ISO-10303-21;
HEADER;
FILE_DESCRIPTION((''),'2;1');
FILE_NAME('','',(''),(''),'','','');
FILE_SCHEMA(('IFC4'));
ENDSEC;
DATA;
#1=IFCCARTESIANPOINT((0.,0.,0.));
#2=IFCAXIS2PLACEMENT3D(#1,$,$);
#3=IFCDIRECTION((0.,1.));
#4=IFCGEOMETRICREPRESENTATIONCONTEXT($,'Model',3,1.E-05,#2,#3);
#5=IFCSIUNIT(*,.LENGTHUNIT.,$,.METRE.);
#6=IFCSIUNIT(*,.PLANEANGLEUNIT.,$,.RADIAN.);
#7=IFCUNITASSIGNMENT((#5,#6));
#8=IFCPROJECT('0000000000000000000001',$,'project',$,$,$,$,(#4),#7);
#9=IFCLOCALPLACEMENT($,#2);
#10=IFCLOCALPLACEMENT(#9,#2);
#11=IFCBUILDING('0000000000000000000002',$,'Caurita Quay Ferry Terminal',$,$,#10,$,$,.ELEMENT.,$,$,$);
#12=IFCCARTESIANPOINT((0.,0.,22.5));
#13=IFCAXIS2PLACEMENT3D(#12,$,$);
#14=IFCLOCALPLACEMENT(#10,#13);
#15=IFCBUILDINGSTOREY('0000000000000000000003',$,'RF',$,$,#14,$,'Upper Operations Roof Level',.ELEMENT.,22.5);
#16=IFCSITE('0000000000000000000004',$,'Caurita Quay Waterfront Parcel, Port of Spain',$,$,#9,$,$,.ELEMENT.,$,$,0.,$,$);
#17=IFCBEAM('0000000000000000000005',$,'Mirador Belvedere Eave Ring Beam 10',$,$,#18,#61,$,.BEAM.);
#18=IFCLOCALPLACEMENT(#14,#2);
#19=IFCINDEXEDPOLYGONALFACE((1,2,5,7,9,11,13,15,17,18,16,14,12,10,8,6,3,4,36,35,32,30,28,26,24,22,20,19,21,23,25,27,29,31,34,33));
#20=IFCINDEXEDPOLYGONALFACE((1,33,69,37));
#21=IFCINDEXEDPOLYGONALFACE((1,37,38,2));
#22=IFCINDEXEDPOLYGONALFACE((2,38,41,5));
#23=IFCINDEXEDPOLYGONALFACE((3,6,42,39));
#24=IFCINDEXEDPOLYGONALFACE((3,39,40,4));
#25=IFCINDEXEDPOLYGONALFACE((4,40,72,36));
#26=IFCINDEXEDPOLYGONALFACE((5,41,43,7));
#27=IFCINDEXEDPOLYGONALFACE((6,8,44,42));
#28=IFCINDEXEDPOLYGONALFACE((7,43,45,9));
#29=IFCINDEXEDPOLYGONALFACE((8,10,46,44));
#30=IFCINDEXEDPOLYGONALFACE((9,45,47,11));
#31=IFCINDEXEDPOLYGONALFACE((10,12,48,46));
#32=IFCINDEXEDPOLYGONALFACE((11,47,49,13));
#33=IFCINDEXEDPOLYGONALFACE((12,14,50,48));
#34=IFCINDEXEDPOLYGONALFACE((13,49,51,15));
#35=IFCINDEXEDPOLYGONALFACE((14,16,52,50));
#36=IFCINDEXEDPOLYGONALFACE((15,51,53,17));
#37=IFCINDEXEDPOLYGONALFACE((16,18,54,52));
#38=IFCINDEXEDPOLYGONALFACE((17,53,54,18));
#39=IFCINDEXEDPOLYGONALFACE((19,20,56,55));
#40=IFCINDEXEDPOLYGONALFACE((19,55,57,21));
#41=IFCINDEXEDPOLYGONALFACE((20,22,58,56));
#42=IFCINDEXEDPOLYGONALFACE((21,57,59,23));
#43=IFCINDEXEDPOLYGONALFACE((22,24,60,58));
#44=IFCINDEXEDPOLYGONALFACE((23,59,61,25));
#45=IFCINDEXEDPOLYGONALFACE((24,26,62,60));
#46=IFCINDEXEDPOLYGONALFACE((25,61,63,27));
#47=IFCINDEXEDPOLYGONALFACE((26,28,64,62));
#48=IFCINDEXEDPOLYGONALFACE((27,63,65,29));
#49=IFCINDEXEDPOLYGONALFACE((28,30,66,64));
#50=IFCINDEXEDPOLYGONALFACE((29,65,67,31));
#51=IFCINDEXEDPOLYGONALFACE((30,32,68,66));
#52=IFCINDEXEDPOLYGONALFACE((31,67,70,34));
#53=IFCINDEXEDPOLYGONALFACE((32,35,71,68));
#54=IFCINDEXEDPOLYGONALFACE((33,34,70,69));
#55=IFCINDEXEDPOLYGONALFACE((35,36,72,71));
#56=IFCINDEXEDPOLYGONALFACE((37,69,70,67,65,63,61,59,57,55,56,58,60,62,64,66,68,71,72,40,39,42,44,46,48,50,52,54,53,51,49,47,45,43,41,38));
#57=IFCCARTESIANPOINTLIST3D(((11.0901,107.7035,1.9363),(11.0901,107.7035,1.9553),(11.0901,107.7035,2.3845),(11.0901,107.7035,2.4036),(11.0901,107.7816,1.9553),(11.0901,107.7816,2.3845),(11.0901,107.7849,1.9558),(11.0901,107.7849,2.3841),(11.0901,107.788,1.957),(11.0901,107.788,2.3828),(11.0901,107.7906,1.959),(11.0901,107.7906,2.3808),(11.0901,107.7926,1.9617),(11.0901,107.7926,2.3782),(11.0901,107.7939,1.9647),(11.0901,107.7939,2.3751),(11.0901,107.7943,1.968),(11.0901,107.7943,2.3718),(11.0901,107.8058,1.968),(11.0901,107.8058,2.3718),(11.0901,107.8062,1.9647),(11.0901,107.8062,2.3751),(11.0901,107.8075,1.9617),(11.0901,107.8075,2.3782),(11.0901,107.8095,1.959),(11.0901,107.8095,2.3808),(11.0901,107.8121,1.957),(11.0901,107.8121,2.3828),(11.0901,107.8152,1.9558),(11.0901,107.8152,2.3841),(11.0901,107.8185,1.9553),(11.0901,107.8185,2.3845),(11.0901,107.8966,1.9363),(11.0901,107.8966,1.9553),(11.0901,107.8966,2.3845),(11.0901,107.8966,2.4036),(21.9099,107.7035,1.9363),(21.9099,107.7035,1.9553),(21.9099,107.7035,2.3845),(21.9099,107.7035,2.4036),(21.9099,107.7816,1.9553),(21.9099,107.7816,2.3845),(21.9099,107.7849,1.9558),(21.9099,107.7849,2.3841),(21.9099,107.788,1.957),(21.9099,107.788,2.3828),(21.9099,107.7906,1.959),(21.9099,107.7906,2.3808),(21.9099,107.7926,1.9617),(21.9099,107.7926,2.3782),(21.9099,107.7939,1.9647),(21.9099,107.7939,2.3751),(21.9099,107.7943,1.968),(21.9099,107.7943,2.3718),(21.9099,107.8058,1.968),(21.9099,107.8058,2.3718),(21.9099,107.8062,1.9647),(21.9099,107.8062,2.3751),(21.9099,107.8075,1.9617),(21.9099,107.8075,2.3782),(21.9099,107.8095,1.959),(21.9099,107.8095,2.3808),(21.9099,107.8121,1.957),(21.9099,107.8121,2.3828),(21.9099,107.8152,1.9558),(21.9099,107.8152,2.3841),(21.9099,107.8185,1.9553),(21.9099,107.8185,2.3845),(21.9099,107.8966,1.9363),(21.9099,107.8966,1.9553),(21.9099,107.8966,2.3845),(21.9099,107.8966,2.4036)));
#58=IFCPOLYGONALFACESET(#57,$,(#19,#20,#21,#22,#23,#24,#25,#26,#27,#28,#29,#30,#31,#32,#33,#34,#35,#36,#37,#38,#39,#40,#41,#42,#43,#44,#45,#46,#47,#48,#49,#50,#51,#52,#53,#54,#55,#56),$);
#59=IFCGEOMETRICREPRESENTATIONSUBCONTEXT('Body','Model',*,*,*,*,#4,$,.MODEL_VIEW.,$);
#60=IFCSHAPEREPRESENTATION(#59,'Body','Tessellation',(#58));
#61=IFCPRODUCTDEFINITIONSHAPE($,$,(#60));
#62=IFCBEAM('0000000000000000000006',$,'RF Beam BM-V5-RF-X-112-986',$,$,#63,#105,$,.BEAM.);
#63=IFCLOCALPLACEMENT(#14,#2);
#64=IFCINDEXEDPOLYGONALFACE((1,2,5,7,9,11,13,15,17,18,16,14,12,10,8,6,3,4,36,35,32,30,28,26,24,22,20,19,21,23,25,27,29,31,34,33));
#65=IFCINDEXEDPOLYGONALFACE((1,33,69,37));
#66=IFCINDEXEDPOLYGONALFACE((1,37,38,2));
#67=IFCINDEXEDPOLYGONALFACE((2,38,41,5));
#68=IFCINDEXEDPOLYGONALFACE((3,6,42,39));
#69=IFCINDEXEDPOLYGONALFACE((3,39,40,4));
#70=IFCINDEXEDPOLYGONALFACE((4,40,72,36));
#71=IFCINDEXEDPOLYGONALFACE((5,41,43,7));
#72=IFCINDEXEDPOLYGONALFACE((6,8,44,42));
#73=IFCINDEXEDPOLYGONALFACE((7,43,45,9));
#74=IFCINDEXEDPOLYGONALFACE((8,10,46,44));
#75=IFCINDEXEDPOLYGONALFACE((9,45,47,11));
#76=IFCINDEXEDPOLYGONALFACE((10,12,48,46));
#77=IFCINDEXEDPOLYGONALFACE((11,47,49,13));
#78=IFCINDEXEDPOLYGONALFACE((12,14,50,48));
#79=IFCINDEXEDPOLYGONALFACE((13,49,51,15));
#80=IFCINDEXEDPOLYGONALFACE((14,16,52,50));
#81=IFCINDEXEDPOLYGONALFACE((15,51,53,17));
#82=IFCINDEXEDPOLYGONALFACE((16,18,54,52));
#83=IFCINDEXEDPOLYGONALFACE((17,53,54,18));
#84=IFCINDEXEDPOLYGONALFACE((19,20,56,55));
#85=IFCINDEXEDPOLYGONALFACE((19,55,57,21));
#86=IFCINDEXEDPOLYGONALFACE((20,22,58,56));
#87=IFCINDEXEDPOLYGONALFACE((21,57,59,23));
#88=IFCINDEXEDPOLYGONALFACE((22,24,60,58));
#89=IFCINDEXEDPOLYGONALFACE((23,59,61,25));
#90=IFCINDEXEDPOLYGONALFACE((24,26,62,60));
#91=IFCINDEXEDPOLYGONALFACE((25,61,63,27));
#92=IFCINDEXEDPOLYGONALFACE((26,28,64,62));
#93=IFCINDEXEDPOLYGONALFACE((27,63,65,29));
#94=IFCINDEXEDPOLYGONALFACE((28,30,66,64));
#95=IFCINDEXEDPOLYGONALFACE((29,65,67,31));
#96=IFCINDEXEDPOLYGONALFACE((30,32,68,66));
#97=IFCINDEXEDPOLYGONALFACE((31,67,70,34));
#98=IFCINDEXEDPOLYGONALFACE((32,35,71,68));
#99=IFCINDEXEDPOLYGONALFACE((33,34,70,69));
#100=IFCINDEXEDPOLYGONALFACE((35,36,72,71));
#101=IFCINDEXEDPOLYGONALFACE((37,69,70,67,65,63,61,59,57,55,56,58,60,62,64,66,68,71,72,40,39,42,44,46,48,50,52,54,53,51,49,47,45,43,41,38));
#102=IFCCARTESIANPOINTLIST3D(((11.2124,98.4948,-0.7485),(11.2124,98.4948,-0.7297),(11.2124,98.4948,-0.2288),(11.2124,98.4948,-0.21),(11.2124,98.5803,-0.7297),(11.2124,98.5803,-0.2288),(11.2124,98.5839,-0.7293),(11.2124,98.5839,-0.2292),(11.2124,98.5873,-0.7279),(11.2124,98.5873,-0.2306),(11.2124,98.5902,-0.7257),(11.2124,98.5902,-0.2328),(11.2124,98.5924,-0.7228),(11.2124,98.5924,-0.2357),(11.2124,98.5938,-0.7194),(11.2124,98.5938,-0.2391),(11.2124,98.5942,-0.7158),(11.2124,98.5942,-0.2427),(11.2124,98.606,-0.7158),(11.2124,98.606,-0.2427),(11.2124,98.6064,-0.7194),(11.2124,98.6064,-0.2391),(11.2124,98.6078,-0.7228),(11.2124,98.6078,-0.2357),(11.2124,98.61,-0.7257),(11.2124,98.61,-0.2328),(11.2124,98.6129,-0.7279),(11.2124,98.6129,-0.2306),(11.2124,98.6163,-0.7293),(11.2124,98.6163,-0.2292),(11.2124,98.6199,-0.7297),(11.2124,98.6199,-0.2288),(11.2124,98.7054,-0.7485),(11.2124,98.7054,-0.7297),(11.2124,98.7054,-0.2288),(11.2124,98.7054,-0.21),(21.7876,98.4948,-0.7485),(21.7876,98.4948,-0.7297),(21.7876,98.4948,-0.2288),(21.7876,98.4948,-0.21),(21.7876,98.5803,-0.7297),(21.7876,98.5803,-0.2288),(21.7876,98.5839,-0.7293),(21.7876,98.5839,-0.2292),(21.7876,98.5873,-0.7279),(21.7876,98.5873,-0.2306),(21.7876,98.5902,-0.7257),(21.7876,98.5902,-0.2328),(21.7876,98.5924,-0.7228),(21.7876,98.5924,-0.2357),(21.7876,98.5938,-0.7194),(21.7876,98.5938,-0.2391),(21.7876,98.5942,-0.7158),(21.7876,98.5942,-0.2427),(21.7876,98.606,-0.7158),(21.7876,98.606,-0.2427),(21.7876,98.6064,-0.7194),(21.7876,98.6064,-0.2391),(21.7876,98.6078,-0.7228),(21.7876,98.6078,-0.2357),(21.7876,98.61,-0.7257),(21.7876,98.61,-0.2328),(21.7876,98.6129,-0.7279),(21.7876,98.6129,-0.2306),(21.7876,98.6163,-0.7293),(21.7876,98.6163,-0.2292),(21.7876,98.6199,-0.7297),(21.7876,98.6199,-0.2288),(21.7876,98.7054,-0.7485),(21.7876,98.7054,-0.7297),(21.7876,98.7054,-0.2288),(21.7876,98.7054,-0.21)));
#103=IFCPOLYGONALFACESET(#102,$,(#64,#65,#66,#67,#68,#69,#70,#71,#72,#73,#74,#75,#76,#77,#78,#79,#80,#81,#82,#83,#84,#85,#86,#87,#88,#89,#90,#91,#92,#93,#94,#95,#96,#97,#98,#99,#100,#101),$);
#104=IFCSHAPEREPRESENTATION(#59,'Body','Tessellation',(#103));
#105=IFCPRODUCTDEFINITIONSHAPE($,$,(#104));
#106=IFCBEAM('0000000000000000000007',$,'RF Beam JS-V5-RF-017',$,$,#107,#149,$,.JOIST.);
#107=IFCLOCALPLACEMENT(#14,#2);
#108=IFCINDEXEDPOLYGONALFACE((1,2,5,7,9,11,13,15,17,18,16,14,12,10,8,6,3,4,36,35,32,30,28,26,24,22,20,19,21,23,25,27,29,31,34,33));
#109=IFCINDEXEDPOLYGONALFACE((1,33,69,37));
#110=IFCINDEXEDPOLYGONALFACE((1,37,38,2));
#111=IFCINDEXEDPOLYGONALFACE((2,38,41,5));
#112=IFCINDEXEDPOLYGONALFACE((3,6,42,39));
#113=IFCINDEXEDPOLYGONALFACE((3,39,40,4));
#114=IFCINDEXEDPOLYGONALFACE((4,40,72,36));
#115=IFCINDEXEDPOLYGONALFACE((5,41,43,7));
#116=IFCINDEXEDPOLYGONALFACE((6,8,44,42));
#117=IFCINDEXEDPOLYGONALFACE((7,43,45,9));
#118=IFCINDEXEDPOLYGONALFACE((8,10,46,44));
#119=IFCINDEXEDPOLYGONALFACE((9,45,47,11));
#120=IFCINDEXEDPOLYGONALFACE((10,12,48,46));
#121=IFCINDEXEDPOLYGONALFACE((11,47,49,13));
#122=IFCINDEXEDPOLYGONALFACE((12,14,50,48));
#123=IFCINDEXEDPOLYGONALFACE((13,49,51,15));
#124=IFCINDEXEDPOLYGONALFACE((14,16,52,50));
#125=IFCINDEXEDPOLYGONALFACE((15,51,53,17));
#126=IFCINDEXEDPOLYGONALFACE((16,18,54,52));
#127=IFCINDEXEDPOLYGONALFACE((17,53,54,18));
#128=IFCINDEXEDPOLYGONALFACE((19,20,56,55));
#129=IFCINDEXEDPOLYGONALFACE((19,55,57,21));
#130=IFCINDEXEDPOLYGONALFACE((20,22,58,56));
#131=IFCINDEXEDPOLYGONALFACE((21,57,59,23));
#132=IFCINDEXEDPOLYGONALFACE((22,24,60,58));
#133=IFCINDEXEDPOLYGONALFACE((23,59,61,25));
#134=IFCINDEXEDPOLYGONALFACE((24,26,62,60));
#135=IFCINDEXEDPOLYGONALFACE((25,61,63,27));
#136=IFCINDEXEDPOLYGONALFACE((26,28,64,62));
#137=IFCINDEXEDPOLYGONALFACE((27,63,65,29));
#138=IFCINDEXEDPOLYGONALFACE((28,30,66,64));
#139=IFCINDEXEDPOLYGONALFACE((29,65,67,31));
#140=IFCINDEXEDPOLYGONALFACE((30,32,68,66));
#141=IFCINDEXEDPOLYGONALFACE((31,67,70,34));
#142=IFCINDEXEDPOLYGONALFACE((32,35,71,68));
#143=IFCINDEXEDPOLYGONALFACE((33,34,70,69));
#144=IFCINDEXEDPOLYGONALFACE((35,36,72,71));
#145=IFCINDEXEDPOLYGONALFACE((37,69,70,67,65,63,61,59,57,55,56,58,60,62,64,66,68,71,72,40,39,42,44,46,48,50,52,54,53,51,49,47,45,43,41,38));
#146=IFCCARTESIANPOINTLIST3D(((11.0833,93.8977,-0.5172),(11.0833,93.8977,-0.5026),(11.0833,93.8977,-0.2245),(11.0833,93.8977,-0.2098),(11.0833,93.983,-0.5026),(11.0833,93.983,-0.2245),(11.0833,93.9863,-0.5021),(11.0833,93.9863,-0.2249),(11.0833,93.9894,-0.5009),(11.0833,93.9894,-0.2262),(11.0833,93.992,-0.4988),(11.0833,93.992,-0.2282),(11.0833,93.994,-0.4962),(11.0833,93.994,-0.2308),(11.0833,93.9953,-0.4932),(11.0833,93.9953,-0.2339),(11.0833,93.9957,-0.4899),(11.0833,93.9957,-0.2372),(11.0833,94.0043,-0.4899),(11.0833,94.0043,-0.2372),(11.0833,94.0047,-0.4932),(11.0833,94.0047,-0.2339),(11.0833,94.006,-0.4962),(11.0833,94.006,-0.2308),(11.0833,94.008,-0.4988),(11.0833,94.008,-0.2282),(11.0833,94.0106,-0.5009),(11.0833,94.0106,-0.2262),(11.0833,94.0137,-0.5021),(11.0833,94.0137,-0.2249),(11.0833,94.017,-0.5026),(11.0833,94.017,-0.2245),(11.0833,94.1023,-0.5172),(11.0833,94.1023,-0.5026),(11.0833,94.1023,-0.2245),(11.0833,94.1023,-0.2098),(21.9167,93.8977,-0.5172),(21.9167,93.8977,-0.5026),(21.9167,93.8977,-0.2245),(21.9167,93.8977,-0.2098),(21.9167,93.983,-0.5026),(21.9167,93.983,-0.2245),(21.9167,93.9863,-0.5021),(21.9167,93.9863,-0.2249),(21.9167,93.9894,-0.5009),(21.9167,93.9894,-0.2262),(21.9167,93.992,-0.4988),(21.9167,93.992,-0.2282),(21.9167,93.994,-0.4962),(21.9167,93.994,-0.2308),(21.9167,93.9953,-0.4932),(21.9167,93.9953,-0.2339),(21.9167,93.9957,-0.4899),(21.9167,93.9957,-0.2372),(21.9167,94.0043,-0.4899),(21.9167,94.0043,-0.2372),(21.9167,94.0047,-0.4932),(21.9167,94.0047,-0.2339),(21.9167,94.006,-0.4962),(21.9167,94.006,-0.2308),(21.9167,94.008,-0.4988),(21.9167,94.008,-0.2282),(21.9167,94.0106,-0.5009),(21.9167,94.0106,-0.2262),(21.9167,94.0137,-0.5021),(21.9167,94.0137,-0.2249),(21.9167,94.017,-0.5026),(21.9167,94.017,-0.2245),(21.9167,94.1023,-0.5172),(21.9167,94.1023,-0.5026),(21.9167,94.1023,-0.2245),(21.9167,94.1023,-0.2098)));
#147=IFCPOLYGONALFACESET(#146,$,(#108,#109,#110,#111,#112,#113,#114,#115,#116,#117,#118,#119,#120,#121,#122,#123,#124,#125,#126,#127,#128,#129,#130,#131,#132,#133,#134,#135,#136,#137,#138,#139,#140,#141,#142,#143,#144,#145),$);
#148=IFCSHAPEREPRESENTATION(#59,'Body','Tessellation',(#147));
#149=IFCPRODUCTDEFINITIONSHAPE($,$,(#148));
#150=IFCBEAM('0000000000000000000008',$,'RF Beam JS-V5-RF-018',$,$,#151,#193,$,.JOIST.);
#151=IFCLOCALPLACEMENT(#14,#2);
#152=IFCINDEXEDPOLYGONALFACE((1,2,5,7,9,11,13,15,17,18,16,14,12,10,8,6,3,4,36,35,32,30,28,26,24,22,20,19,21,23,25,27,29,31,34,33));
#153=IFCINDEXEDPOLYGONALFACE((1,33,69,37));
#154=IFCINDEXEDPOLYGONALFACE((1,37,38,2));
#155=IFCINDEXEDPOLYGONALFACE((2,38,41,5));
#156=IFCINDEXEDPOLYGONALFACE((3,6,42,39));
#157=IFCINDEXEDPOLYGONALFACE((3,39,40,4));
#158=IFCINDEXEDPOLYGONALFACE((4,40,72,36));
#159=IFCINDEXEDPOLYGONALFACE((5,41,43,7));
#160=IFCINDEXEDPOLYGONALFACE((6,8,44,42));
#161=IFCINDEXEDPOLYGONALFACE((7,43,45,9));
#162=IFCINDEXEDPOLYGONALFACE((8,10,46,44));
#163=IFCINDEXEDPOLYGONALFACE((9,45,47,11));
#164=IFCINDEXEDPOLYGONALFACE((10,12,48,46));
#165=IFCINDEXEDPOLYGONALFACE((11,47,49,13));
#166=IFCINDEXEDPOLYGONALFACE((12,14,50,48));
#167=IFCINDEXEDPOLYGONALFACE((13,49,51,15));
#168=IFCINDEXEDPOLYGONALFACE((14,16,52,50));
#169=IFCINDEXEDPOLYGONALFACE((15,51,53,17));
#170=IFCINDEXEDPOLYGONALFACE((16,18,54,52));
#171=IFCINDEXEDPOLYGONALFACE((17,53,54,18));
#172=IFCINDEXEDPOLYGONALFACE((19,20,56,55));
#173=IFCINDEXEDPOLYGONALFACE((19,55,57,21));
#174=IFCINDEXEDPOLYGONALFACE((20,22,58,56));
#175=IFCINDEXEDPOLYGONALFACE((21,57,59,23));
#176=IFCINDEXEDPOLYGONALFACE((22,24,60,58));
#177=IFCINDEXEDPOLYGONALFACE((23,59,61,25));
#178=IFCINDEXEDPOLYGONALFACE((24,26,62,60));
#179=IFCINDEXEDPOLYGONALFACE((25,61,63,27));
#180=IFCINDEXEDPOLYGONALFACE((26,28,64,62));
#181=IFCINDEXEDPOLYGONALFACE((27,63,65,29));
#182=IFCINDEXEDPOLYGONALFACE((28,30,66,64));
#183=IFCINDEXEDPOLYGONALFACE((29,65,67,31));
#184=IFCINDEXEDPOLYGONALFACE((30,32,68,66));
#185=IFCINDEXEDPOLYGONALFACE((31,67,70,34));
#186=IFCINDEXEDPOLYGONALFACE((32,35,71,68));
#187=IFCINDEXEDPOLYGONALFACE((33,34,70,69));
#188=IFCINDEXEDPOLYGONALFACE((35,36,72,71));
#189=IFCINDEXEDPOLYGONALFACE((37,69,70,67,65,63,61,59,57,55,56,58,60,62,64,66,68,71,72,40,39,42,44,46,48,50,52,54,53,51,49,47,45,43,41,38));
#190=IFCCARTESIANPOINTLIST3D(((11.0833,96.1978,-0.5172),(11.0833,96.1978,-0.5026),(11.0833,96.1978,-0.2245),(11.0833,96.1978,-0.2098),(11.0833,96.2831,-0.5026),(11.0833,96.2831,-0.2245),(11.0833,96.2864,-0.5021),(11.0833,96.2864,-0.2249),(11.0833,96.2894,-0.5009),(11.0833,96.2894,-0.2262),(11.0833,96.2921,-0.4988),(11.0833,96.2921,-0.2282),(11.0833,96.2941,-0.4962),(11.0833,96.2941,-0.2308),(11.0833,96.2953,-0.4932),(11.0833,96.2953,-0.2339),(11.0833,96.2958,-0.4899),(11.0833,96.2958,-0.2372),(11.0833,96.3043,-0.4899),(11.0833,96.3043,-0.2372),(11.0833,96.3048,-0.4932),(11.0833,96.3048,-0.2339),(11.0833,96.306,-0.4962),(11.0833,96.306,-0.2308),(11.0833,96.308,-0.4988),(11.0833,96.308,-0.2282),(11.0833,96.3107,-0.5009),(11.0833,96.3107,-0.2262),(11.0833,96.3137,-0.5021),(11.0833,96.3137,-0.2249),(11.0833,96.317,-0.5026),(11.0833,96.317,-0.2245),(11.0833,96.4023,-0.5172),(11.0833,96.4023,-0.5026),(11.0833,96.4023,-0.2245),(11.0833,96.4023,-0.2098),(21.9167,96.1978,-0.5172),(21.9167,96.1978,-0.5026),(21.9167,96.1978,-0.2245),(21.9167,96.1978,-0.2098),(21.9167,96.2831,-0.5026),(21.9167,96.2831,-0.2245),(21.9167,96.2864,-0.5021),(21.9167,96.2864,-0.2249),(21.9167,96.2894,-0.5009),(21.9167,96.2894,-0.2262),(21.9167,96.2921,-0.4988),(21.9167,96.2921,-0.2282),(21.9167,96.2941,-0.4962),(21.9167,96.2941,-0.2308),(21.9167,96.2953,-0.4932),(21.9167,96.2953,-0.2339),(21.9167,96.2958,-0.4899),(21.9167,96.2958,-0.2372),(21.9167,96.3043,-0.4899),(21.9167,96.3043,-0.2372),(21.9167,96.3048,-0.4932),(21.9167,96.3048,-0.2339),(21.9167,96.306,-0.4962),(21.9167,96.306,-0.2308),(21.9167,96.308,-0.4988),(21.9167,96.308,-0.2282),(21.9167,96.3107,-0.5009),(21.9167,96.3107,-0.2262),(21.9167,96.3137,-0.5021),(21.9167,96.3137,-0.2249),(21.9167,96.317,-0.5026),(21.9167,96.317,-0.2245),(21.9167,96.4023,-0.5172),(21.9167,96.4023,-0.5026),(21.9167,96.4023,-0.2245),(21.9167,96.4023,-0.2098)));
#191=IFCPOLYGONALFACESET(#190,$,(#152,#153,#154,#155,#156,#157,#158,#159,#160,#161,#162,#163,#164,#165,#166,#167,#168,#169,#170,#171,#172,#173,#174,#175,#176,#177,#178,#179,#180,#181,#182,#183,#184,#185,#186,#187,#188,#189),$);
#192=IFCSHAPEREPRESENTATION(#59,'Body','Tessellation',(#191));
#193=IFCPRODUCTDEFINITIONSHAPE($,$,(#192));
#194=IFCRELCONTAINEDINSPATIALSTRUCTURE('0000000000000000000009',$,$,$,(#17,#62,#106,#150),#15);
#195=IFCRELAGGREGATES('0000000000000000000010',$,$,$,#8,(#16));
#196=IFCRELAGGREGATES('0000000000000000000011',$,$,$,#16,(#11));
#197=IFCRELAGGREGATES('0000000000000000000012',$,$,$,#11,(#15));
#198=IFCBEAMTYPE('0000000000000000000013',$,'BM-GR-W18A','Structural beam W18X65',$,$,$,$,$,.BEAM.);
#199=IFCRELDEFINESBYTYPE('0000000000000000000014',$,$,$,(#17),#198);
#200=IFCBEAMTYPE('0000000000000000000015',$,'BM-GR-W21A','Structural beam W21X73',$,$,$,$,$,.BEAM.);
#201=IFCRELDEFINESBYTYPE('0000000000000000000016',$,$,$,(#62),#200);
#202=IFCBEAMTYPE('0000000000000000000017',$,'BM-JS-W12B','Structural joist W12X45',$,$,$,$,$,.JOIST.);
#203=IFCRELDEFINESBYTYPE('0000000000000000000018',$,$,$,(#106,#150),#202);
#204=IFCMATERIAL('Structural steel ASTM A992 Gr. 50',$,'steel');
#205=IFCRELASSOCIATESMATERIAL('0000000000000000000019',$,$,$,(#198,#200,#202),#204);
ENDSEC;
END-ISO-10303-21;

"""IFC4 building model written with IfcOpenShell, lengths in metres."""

from ifc_helpers import new_model, si_unit, direction, frame, origin, origin_2d, place, context, subcontext, project, spatial, i_section, extrude, material, material_profile, profile_set, type_object, element, save


model = new_model("IFC4")

# Units and contexts
model_context = context("Model", 3, precision=1e-05, world=origin(), true_north=direction((0.0, 1.0)))
body_context = subcontext(model_context, "Body", "Model", "MODEL_VIEW")
ifc_project = project(units=[si_unit("LENGTHUNIT", "METRE"), si_unit("PLANEANGLEUNIT", "RADIAN")], contexts=[model_context])

# Site, building, storey
site_placement = place(None, origin())
site = spatial("IfcSite", under=ifc_project, at=site_placement, Name="Caurita Quay Waterfront Parcel, Port of Spain", CompositionType="ELEMENT", RefElevation=0.0)
building_placement = place(site_placement, origin())
building = spatial("IfcBuilding", under=site, at=building_placement, Name="Caurita Quay Ferry Terminal", CompositionType="ELEMENT")
storey_placement = place(building_placement, frame((0.0, 0.0, 22.5)))
storey = spatial("IfcBuildingStorey", under=building, at=storey_placement, Name="RF", LongName="Upper Operations Roof Level", CompositionType="ELEMENT", Elevation=22.5)

# Beams
ifc_material_1 = material(Name="Structural steel ASTM A992 Gr. 50", Category="steel")
ifc_material_profile_1 = material_profile(ifc_material_1, i_section(OverallWidth=0.1931, OverallDepth=0.4673, WebThickness=0.0115, FlangeThickness=0.019, FilletRadius=0.0127, at=origin_2d()), Name="W18X65")
ifc_profile_set_1 = profile_set([ifc_material_profile_1], Name="Structural steel ASTM A992 Gr. 50")
beam_type_1 = type_object("IfcBeamType", Name="BM-GR-W18A", Description="Structural beam W18X65", PredefinedType="BEAM", material=ifc_profile_set_1)
beam_1_placement = place(storey_placement, frame((11.0901, 107.8, 2.1699), z_axis=(1.0, 0.0, 0.0), x_axis=(0.0, 1.0, 0.0)))
element("IfcBeam", 1, at=beam_1_placement, inside=storey, type_object=beam_type_1, Name="Mirador Belvedere Eave Ring Beam 10", PredefinedType="BEAM", context=body_context, shape_type="SweptSolid", body=[
    extrude(i_section(OverallWidth=0.1931, OverallDepth=0.4673, WebThickness=0.0115, FlangeThickness=0.019, FilletRadius=0.0127, at=origin_2d()), origin(), (0.0, 0.0, 1.0), 10.8198),
])
ifc_material_profile_2 = material_profile(ifc_material_1, i_section(OverallWidth=0.2107, OverallDepth=0.5386, WebThickness=0.0117, FlangeThickness=0.0188, FilletRadius=0.0139, at=origin_2d()), Name="W21X73")
ifc_profile_set_2 = profile_set([ifc_material_profile_2], Name="Structural steel ASTM A992 Gr. 50")
beam_type_2 = type_object("IfcBeamType", Name="BM-GR-W21A", Description="Structural beam W21X73", PredefinedType="BEAM", material=ifc_profile_set_2)
beam_2_placement = place(storey_placement, frame((11.2124, 98.6001, -0.4792), z_axis=(1.0, 0.0, 0.0), x_axis=(0.0, 1.0, 0.0)))
element("IfcBeam", 2, at=beam_2_placement, inside=storey, type_object=beam_type_2, Name="RF Beam BM-V5-RF-X-112-986", PredefinedType="BEAM", context=body_context, shape_type="SweptSolid", body=[
    extrude(i_section(OverallWidth=0.2107, OverallDepth=0.5386, WebThickness=0.0117, FlangeThickness=0.0188, FilletRadius=0.0139, at=origin_2d()), origin(), (0.0, 0.0, 1.0), 10.5752),
])
ifc_material_profile_3 = material_profile(ifc_material_1, i_section(OverallWidth=0.2046, OverallDepth=0.3074, WebThickness=0.0085, FlangeThickness=0.0146, FilletRadius=0.0127, at=origin_2d()), Name="W12X45")
ifc_profile_set_3 = profile_set([ifc_material_profile_3], Name="Structural steel ASTM A992 Gr. 50")
beam_type_3 = type_object("IfcBeamType", Name="BM-JS-W12B", Description="Structural joist W12X45", PredefinedType="JOIST", material=ifc_profile_set_3)
for number, where, z_axis, x_axis, name in (
    (3, (11.0833, 94.0, -0.3635), (1.0, 0.0, 0.0), (0.0, 1.0, 0.0), "RF Beam JS-V5-RF-017"),
    (4, (11.0833, 96.3, -0.3635), (1.0, 0.0, 0.0), (0.0, 1.0, 0.0), "RF Beam JS-V5-RF-018"),
):
    element("IfcBeam", number, at=place(storey_placement, frame(where, z_axis=z_axis, x_axis=x_axis)), inside=storey, type_object=beam_type_3, Name=name, PredefinedType="JOIST", context=body_context, shape_type="SweptSolid", body=[
        extrude(i_section(OverallWidth=0.2046, OverallDepth=0.3074, WebThickness=0.0085, FlangeThickness=0.0146, FilletRadius=0.0127, at=origin_2d()), origin(), (0.0, 0.0, 1.0), 10.8335),
    ])

save(model, "model.ifc")
